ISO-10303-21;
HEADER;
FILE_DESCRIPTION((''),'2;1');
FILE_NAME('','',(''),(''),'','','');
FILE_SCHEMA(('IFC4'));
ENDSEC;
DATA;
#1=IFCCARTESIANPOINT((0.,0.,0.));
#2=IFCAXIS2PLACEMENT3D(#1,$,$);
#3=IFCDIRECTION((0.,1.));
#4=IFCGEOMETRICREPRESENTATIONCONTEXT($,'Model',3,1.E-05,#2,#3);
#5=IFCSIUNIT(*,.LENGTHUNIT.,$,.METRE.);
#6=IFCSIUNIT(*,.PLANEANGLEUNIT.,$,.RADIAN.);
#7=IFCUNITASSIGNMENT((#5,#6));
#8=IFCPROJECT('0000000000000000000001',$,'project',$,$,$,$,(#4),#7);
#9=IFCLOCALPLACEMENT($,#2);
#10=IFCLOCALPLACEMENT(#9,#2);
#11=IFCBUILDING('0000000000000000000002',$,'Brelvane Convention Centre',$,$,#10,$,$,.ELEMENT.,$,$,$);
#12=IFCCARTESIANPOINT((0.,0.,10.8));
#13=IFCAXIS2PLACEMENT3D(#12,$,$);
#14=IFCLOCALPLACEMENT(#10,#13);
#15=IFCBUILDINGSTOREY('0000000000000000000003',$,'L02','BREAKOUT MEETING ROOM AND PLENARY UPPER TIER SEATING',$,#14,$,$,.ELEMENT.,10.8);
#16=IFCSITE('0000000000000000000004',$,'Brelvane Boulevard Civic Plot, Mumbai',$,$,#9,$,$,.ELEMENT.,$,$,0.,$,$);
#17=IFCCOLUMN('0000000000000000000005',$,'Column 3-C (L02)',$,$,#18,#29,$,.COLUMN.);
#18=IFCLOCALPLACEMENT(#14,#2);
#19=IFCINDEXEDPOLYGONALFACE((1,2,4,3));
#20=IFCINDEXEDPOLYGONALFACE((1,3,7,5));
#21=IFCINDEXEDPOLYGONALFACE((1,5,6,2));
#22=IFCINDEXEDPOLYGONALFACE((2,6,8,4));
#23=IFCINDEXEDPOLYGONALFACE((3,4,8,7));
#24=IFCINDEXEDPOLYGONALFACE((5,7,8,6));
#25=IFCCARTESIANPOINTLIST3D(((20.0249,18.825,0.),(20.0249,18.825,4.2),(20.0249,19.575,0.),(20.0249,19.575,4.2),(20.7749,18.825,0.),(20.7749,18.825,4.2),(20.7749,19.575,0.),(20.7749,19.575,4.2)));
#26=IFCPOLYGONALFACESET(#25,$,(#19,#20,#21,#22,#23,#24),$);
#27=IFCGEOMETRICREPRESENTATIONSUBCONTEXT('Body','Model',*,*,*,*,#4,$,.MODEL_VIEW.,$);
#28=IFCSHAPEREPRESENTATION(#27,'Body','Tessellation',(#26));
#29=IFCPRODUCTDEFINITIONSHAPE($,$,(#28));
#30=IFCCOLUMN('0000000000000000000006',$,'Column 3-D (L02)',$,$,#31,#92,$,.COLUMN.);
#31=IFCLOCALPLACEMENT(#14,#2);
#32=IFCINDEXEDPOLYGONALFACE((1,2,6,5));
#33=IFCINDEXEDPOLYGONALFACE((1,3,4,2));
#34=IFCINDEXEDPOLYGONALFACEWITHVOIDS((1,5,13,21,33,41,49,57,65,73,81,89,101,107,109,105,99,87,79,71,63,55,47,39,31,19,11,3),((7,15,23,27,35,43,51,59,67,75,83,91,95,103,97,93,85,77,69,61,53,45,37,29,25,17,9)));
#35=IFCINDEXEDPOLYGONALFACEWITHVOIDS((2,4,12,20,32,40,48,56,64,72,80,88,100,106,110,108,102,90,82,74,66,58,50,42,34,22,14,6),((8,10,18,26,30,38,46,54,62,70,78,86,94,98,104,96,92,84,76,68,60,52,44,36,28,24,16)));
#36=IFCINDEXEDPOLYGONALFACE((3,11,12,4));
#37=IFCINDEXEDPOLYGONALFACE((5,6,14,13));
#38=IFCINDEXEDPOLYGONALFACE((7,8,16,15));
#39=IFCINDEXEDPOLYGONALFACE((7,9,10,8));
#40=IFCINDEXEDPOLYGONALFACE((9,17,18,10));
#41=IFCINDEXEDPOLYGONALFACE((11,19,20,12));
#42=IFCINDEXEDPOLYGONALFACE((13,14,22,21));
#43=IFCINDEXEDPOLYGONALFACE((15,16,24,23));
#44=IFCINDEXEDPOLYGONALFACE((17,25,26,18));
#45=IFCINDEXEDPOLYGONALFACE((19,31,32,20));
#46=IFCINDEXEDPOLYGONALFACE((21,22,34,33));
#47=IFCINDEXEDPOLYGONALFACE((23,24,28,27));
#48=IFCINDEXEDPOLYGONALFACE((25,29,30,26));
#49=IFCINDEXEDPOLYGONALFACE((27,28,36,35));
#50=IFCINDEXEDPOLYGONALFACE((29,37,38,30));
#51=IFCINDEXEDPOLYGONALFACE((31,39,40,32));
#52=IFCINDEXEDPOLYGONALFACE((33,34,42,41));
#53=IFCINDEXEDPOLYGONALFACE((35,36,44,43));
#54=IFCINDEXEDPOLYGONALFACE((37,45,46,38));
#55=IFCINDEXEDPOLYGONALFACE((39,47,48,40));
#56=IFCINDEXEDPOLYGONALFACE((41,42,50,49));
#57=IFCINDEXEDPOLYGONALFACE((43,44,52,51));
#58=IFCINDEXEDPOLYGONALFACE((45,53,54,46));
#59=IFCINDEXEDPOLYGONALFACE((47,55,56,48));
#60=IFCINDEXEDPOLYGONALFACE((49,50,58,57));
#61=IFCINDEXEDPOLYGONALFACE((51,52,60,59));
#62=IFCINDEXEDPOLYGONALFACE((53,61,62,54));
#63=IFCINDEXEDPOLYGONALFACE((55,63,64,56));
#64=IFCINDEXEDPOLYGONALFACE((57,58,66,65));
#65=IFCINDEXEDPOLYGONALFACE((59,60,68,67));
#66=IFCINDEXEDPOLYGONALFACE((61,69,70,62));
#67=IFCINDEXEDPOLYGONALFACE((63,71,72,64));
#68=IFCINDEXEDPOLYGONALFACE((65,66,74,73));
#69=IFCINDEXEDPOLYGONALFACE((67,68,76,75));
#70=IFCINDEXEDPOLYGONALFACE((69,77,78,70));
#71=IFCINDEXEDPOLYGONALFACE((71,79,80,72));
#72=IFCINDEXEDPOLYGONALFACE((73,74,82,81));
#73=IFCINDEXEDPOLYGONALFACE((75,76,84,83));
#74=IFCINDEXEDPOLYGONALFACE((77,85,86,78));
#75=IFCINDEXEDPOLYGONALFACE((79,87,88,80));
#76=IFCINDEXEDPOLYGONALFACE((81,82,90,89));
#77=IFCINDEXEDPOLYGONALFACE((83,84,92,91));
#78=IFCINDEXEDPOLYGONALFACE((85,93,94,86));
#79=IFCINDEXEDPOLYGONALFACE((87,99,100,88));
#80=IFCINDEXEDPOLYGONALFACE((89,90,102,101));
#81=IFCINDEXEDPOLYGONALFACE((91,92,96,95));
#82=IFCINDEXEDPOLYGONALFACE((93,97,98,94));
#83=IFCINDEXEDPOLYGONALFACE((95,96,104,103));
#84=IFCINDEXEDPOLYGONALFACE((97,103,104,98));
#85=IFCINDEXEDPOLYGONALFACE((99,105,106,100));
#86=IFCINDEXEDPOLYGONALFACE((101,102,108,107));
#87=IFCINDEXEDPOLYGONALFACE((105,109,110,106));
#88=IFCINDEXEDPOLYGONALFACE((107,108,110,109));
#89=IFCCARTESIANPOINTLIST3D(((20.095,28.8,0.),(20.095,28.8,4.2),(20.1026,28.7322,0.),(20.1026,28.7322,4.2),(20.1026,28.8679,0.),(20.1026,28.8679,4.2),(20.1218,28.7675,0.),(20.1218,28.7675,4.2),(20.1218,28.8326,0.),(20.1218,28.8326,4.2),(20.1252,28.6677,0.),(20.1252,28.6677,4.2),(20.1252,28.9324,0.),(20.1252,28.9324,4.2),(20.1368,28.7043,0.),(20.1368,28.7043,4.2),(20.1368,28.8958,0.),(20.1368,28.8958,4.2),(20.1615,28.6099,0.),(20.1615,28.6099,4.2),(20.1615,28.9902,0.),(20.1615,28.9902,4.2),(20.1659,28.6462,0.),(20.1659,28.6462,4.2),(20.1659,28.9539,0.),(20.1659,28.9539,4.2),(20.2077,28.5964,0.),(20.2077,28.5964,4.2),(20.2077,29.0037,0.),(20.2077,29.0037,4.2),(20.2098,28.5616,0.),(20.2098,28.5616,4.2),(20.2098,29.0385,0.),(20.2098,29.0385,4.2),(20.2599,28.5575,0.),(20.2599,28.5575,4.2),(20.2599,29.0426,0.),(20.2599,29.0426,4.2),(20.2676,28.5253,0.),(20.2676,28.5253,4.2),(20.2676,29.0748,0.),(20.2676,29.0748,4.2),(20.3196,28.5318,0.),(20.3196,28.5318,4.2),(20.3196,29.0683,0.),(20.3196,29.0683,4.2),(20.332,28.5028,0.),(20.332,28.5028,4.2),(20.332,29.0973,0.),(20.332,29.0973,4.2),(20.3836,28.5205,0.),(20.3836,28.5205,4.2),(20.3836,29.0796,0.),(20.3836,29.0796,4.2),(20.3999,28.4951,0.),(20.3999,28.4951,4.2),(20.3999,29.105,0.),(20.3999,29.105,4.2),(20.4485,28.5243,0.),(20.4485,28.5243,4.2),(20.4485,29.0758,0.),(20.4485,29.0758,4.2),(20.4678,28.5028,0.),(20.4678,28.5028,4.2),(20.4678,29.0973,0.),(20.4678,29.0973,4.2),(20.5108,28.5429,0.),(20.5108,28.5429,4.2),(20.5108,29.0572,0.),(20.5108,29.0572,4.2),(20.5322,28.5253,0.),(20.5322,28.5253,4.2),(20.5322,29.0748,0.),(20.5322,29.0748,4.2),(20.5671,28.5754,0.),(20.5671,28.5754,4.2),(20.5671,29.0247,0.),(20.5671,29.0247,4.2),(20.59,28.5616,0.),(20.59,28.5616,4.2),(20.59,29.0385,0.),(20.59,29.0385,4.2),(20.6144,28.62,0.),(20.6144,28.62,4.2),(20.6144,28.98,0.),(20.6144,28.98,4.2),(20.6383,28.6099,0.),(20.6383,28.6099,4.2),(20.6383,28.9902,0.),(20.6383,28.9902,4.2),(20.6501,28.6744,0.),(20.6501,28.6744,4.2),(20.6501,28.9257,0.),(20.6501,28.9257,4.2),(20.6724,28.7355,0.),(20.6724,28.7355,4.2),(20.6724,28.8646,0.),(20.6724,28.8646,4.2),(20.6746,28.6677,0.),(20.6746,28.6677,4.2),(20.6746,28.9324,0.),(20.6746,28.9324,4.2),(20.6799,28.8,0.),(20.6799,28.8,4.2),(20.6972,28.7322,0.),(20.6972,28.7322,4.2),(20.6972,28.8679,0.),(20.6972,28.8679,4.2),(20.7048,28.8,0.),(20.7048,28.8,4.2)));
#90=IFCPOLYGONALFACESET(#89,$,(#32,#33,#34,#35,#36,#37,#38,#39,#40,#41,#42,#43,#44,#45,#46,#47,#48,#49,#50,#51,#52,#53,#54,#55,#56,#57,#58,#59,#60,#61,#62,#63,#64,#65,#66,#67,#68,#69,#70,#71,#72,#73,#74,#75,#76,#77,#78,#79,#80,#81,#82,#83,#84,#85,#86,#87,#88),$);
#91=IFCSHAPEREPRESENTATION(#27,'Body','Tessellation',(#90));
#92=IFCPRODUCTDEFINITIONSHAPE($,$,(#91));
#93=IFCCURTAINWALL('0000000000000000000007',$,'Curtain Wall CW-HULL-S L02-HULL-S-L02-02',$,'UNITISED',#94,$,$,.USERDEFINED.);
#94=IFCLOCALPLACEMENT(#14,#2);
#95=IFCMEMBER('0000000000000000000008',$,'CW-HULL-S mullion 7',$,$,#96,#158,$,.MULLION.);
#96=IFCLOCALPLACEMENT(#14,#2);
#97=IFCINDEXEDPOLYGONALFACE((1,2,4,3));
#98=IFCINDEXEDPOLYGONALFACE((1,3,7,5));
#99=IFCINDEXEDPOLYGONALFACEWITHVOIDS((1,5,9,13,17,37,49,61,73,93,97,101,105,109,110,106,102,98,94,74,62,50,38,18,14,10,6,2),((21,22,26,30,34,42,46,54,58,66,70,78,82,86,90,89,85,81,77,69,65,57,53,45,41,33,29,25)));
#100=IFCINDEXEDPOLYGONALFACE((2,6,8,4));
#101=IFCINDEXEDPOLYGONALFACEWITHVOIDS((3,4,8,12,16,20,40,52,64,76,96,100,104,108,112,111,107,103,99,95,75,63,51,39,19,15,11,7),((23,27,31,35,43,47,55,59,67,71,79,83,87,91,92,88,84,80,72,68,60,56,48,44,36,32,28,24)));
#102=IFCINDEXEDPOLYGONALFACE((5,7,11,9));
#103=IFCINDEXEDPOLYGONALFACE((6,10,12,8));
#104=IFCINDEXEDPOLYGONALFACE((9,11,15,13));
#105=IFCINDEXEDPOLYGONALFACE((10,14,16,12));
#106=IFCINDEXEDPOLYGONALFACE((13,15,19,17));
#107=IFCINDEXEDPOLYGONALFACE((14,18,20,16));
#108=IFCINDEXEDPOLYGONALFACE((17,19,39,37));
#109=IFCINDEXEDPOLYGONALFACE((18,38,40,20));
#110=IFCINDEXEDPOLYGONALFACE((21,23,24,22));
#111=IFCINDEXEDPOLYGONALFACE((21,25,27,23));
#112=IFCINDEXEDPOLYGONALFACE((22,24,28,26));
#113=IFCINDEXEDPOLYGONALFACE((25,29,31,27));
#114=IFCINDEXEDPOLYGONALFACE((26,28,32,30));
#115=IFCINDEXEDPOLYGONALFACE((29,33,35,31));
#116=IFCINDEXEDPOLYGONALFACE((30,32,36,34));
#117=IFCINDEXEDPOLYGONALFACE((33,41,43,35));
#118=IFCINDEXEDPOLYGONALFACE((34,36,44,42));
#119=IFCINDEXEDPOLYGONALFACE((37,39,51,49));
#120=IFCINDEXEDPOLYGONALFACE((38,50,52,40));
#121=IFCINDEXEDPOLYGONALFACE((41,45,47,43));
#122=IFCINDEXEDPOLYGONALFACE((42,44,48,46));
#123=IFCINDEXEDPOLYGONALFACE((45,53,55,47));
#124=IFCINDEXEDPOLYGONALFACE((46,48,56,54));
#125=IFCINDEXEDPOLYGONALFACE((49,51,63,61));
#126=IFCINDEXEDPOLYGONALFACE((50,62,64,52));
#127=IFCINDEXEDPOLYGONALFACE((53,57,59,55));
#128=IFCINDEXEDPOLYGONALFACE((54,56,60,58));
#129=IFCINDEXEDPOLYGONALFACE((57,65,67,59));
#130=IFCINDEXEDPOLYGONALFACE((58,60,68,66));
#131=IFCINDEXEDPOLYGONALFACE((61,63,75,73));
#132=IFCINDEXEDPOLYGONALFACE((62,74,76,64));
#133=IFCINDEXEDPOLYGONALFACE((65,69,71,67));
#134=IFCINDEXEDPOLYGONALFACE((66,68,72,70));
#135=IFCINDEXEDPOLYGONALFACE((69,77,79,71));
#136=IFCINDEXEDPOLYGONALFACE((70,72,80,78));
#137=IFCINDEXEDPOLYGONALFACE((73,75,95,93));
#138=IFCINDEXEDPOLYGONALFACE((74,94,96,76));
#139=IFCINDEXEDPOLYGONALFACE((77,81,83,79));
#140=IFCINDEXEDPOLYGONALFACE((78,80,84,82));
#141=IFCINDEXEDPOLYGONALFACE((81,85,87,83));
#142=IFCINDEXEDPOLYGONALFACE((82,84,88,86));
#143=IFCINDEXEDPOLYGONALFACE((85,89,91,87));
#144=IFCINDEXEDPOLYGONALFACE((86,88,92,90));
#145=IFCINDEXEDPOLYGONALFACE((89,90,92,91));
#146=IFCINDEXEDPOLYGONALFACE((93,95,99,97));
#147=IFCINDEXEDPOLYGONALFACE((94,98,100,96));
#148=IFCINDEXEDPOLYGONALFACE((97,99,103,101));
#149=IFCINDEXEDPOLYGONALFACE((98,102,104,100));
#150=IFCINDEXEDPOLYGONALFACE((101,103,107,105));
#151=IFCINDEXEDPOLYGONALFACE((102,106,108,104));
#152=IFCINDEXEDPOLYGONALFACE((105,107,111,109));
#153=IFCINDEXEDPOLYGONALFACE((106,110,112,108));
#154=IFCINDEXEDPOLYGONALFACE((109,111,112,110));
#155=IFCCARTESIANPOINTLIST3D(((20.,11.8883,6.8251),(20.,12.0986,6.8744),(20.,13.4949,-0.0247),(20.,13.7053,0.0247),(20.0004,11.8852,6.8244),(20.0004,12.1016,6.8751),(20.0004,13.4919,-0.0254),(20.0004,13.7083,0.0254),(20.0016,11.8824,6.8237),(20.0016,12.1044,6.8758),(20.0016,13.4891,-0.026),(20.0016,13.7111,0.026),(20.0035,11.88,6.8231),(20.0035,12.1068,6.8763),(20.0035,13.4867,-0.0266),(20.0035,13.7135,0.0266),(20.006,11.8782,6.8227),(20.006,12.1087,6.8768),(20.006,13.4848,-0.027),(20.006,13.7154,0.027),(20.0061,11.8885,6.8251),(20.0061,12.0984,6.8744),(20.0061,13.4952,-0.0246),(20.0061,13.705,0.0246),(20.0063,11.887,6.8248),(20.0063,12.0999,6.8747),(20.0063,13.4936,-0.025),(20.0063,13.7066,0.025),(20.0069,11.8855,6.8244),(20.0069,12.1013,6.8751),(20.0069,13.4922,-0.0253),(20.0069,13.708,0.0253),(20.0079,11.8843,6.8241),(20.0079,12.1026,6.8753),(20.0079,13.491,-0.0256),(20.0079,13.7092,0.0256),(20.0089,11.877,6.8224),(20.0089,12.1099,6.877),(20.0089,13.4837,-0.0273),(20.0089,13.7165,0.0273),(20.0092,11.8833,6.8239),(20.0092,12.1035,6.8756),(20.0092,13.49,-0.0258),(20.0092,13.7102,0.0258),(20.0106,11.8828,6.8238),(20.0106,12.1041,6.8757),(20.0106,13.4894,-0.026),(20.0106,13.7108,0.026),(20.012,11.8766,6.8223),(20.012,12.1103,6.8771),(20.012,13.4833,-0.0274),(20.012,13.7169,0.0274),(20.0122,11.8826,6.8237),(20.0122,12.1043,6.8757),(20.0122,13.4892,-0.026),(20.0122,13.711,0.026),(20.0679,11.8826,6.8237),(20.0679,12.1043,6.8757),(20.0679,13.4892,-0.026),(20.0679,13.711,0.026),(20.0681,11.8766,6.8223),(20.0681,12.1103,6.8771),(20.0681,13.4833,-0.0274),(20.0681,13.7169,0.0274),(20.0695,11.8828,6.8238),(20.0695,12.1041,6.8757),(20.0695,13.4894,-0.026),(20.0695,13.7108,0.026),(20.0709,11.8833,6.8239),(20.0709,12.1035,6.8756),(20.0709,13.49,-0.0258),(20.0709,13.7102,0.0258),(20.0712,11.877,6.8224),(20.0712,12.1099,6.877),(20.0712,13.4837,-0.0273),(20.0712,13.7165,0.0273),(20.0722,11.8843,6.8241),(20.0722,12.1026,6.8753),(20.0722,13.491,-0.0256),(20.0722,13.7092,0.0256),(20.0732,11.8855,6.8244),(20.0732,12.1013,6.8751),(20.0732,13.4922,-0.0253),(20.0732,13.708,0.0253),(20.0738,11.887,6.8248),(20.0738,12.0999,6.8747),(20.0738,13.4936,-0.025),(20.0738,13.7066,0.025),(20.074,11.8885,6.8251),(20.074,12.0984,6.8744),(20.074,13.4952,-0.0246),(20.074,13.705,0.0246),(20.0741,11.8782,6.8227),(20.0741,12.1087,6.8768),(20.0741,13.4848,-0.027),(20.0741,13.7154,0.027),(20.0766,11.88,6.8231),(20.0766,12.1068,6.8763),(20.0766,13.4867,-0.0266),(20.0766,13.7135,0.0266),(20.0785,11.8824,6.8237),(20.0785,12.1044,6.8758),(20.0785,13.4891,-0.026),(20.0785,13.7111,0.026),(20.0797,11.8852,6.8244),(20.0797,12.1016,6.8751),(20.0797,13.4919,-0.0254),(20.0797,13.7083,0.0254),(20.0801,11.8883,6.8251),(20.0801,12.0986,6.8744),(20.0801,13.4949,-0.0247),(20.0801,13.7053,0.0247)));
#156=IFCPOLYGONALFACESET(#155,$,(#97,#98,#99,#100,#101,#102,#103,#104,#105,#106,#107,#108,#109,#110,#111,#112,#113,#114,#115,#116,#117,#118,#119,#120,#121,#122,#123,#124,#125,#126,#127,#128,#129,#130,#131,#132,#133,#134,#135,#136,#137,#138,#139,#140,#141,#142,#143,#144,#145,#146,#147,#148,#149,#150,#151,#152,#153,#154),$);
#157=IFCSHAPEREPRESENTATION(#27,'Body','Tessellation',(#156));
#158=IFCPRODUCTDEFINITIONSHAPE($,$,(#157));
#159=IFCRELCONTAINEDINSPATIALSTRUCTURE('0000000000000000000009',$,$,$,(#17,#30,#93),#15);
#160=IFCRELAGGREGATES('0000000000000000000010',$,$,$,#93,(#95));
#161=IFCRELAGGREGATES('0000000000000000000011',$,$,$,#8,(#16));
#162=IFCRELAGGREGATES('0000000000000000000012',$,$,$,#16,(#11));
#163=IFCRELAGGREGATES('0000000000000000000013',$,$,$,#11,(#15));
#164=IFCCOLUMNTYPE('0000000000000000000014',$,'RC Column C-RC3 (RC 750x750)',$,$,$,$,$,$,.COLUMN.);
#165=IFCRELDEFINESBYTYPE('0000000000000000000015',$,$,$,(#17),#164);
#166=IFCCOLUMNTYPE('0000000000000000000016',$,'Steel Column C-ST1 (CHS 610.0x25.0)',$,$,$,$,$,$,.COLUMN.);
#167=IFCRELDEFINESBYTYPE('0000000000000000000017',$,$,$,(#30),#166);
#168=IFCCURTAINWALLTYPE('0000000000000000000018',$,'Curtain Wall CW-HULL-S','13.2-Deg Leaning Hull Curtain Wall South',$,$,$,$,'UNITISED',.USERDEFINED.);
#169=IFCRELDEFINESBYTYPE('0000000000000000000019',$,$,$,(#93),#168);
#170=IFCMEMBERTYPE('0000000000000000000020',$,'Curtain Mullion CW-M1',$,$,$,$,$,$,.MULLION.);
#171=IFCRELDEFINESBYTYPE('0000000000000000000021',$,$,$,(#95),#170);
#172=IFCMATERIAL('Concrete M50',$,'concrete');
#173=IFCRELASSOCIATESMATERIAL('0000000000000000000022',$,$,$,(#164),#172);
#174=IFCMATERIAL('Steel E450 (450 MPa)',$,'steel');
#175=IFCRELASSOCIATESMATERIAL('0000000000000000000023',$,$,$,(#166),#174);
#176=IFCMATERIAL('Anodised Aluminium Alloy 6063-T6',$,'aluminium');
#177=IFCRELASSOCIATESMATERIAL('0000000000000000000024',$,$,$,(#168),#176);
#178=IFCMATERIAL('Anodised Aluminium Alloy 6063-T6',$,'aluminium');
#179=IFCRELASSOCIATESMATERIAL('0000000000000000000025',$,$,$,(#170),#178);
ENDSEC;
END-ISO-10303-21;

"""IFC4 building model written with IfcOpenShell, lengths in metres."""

from ifc_helpers import new_model, si_unit, direction, frame, origin, origin_2d, place, context, subcontext, project, spatial, rectangle, hollow_rectangle, hollow_circle, extrude, material, material_profile, profile_set, type_object, element, aggregate, save


model = new_model("IFC4")

# Units and contexts
model_context = context("Model", 3, precision=1e-05, world=origin(), true_north=direction((0.0, 1.0)))
body_context = subcontext(model_context, "Body", "Model", "MODEL_VIEW")
ifc_project = project(units=[si_unit("LENGTHUNIT", "METRE"), si_unit("PLANEANGLEUNIT", "RADIAN")], contexts=[model_context])

# Site, building, storey
site_placement = place(None, origin())
site = spatial("IfcSite", under=ifc_project, at=site_placement, Name="Brelvane Boulevard Civic Plot, Mumbai", CompositionType="ELEMENT", RefElevation=0.0)
building_placement = place(site_placement, origin())
building = spatial("IfcBuilding", under=site, at=building_placement, Name="Brelvane Convention Centre", CompositionType="ELEMENT")
storey_placement = place(building_placement, frame((0.0, 0.0, 10.8)))
storey = spatial("IfcBuildingStorey", under=building, at=storey_placement, Name="L02", Description="BREAKOUT MEETING ROOM AND PLENARY UPPER TIER SEATING", CompositionType="ELEMENT", Elevation=10.8)

# Columns
ifc_material_1 = material(Name="Concrete M50", Category="concrete")
ifc_material_profile_1 = material_profile(ifc_material_1, rectangle(XDim=0.75, YDim=0.75, at=origin_2d()), Name="RC 750x750")
ifc_profile_set_1 = profile_set([ifc_material_profile_1], Name="Concrete M50")
column_type_1 = type_object("IfcColumnType", Name="RC Column C-RC3 (RC 750x750)", PredefinedType="COLUMN", material=ifc_profile_set_1)
column_1_placement = place(storey_placement, frame((20.3999, 19.2, 0.0), z_axis=(0.0, 0.0, 1.0), x_axis=(1.0, 0.0, 0.0)))
element("IfcColumn", 1, at=column_1_placement, inside=storey, type_object=column_type_1, Name="Column 3-C (L02)", PredefinedType="COLUMN", context=body_context, shape_type="SweptSolid", body=[
    extrude(rectangle(XDim=0.75, YDim=0.75, at=origin_2d()), origin(), (0.0, 0.0, 1.0), 4.2),
])
ifc_material_2 = material(Name="Steel E450 (450 MPa)", Category="steel")
ifc_material_profile_2 = material_profile(ifc_material_2, hollow_circle(Radius=0.3049, WallThickness=0.0249, at=origin_2d()), Name="CHS 610.0x25.0")
ifc_profile_set_2 = profile_set([ifc_material_profile_2], Name="Steel E450 (450 MPa)")
column_type_2 = type_object("IfcColumnType", Name="Steel Column C-ST1 (CHS 610.0x25.0)", PredefinedType="COLUMN", material=ifc_profile_set_2)
column_2_placement = place(storey_placement, frame((20.3999, 28.8, 0.0), z_axis=(0.0, 0.0, 1.0), x_axis=(1.0, 0.0, 0.0)))
element("IfcColumn", 2, at=column_2_placement, inside=storey, type_object=column_type_2, Name="Column 3-D (L02)", PredefinedType="COLUMN", context=body_context, shape_type="SweptSolid", body=[
    extrude(hollow_circle(Radius=0.3049, WallThickness=0.0249, at=origin_2d()), origin(), (0.0, 0.0, 1.0), 4.2),
])

# Curtain wall, member
ifc_material_3 = material(Name="Anodised Aluminium Alloy 6063-T6", Category="aluminium")
curtain_wall_type = type_object("IfcCurtainWallType", Name="Curtain Wall CW-HULL-S", Description="13.2-Deg Leaning Hull Curtain Wall South", ElementType="UNITISED", PredefinedType="USERDEFINED", material=ifc_material_3)
curtain_wall_1_placement = place(storey_placement, origin())
curtain_wall_1 = element("IfcCurtainWall", 3, at=curtain_wall_1_placement, inside=storey, type_object=curtain_wall_type, Name="Curtain Wall CW-HULL-S L02-HULL-S-L02-02", ObjectType="UNITISED", PredefinedType="USERDEFINED")
ifc_material_4 = material(Name="Anodised Aluminium Alloy 6063-T6", Category="aluminium")
ifc_material_profile_3 = material_profile(ifc_material_4, hollow_rectangle(XDim=0.0801, YDim=0.24, WallThickness=0.0061, InnerFilletRadius=0.0061, OuterFilletRadius=0.012, at=origin_2d()), Name="ALU-M 240x80x6.0")
ifc_profile_set_3 = profile_set([ifc_material_profile_3], Name="Anodised Aluminium Alloy 6063-T6")
member_type_1 = type_object("IfcMemberType", Name="Curtain Mullion CW-M1", PredefinedType="MULLION", material=ifc_profile_set_3)
member_1_placement = place(storey_placement, frame((20.04, 13.6001, 0.0), z_axis=(0.0, -0.22836, 0.973577), x_axis=(1.0, 0.0, 0.0)))
member_1 = element("IfcMember", 4, at=member_1_placement, type_object=member_type_1, Name="CW-HULL-S mullion 7", PredefinedType="MULLION", context=body_context, shape_type="SweptSolid", body=[
    extrude(hollow_rectangle(XDim=0.0801, YDim=0.24, WallThickness=0.0061, InnerFilletRadius=0.0061, OuterFilletRadius=0.012, at=origin_2d()), origin(), (0.0, 0.0, 1.0), 7.0356),
])

aggregate(curtain_wall_1, [member_1])

save(model, "model.ifc")
